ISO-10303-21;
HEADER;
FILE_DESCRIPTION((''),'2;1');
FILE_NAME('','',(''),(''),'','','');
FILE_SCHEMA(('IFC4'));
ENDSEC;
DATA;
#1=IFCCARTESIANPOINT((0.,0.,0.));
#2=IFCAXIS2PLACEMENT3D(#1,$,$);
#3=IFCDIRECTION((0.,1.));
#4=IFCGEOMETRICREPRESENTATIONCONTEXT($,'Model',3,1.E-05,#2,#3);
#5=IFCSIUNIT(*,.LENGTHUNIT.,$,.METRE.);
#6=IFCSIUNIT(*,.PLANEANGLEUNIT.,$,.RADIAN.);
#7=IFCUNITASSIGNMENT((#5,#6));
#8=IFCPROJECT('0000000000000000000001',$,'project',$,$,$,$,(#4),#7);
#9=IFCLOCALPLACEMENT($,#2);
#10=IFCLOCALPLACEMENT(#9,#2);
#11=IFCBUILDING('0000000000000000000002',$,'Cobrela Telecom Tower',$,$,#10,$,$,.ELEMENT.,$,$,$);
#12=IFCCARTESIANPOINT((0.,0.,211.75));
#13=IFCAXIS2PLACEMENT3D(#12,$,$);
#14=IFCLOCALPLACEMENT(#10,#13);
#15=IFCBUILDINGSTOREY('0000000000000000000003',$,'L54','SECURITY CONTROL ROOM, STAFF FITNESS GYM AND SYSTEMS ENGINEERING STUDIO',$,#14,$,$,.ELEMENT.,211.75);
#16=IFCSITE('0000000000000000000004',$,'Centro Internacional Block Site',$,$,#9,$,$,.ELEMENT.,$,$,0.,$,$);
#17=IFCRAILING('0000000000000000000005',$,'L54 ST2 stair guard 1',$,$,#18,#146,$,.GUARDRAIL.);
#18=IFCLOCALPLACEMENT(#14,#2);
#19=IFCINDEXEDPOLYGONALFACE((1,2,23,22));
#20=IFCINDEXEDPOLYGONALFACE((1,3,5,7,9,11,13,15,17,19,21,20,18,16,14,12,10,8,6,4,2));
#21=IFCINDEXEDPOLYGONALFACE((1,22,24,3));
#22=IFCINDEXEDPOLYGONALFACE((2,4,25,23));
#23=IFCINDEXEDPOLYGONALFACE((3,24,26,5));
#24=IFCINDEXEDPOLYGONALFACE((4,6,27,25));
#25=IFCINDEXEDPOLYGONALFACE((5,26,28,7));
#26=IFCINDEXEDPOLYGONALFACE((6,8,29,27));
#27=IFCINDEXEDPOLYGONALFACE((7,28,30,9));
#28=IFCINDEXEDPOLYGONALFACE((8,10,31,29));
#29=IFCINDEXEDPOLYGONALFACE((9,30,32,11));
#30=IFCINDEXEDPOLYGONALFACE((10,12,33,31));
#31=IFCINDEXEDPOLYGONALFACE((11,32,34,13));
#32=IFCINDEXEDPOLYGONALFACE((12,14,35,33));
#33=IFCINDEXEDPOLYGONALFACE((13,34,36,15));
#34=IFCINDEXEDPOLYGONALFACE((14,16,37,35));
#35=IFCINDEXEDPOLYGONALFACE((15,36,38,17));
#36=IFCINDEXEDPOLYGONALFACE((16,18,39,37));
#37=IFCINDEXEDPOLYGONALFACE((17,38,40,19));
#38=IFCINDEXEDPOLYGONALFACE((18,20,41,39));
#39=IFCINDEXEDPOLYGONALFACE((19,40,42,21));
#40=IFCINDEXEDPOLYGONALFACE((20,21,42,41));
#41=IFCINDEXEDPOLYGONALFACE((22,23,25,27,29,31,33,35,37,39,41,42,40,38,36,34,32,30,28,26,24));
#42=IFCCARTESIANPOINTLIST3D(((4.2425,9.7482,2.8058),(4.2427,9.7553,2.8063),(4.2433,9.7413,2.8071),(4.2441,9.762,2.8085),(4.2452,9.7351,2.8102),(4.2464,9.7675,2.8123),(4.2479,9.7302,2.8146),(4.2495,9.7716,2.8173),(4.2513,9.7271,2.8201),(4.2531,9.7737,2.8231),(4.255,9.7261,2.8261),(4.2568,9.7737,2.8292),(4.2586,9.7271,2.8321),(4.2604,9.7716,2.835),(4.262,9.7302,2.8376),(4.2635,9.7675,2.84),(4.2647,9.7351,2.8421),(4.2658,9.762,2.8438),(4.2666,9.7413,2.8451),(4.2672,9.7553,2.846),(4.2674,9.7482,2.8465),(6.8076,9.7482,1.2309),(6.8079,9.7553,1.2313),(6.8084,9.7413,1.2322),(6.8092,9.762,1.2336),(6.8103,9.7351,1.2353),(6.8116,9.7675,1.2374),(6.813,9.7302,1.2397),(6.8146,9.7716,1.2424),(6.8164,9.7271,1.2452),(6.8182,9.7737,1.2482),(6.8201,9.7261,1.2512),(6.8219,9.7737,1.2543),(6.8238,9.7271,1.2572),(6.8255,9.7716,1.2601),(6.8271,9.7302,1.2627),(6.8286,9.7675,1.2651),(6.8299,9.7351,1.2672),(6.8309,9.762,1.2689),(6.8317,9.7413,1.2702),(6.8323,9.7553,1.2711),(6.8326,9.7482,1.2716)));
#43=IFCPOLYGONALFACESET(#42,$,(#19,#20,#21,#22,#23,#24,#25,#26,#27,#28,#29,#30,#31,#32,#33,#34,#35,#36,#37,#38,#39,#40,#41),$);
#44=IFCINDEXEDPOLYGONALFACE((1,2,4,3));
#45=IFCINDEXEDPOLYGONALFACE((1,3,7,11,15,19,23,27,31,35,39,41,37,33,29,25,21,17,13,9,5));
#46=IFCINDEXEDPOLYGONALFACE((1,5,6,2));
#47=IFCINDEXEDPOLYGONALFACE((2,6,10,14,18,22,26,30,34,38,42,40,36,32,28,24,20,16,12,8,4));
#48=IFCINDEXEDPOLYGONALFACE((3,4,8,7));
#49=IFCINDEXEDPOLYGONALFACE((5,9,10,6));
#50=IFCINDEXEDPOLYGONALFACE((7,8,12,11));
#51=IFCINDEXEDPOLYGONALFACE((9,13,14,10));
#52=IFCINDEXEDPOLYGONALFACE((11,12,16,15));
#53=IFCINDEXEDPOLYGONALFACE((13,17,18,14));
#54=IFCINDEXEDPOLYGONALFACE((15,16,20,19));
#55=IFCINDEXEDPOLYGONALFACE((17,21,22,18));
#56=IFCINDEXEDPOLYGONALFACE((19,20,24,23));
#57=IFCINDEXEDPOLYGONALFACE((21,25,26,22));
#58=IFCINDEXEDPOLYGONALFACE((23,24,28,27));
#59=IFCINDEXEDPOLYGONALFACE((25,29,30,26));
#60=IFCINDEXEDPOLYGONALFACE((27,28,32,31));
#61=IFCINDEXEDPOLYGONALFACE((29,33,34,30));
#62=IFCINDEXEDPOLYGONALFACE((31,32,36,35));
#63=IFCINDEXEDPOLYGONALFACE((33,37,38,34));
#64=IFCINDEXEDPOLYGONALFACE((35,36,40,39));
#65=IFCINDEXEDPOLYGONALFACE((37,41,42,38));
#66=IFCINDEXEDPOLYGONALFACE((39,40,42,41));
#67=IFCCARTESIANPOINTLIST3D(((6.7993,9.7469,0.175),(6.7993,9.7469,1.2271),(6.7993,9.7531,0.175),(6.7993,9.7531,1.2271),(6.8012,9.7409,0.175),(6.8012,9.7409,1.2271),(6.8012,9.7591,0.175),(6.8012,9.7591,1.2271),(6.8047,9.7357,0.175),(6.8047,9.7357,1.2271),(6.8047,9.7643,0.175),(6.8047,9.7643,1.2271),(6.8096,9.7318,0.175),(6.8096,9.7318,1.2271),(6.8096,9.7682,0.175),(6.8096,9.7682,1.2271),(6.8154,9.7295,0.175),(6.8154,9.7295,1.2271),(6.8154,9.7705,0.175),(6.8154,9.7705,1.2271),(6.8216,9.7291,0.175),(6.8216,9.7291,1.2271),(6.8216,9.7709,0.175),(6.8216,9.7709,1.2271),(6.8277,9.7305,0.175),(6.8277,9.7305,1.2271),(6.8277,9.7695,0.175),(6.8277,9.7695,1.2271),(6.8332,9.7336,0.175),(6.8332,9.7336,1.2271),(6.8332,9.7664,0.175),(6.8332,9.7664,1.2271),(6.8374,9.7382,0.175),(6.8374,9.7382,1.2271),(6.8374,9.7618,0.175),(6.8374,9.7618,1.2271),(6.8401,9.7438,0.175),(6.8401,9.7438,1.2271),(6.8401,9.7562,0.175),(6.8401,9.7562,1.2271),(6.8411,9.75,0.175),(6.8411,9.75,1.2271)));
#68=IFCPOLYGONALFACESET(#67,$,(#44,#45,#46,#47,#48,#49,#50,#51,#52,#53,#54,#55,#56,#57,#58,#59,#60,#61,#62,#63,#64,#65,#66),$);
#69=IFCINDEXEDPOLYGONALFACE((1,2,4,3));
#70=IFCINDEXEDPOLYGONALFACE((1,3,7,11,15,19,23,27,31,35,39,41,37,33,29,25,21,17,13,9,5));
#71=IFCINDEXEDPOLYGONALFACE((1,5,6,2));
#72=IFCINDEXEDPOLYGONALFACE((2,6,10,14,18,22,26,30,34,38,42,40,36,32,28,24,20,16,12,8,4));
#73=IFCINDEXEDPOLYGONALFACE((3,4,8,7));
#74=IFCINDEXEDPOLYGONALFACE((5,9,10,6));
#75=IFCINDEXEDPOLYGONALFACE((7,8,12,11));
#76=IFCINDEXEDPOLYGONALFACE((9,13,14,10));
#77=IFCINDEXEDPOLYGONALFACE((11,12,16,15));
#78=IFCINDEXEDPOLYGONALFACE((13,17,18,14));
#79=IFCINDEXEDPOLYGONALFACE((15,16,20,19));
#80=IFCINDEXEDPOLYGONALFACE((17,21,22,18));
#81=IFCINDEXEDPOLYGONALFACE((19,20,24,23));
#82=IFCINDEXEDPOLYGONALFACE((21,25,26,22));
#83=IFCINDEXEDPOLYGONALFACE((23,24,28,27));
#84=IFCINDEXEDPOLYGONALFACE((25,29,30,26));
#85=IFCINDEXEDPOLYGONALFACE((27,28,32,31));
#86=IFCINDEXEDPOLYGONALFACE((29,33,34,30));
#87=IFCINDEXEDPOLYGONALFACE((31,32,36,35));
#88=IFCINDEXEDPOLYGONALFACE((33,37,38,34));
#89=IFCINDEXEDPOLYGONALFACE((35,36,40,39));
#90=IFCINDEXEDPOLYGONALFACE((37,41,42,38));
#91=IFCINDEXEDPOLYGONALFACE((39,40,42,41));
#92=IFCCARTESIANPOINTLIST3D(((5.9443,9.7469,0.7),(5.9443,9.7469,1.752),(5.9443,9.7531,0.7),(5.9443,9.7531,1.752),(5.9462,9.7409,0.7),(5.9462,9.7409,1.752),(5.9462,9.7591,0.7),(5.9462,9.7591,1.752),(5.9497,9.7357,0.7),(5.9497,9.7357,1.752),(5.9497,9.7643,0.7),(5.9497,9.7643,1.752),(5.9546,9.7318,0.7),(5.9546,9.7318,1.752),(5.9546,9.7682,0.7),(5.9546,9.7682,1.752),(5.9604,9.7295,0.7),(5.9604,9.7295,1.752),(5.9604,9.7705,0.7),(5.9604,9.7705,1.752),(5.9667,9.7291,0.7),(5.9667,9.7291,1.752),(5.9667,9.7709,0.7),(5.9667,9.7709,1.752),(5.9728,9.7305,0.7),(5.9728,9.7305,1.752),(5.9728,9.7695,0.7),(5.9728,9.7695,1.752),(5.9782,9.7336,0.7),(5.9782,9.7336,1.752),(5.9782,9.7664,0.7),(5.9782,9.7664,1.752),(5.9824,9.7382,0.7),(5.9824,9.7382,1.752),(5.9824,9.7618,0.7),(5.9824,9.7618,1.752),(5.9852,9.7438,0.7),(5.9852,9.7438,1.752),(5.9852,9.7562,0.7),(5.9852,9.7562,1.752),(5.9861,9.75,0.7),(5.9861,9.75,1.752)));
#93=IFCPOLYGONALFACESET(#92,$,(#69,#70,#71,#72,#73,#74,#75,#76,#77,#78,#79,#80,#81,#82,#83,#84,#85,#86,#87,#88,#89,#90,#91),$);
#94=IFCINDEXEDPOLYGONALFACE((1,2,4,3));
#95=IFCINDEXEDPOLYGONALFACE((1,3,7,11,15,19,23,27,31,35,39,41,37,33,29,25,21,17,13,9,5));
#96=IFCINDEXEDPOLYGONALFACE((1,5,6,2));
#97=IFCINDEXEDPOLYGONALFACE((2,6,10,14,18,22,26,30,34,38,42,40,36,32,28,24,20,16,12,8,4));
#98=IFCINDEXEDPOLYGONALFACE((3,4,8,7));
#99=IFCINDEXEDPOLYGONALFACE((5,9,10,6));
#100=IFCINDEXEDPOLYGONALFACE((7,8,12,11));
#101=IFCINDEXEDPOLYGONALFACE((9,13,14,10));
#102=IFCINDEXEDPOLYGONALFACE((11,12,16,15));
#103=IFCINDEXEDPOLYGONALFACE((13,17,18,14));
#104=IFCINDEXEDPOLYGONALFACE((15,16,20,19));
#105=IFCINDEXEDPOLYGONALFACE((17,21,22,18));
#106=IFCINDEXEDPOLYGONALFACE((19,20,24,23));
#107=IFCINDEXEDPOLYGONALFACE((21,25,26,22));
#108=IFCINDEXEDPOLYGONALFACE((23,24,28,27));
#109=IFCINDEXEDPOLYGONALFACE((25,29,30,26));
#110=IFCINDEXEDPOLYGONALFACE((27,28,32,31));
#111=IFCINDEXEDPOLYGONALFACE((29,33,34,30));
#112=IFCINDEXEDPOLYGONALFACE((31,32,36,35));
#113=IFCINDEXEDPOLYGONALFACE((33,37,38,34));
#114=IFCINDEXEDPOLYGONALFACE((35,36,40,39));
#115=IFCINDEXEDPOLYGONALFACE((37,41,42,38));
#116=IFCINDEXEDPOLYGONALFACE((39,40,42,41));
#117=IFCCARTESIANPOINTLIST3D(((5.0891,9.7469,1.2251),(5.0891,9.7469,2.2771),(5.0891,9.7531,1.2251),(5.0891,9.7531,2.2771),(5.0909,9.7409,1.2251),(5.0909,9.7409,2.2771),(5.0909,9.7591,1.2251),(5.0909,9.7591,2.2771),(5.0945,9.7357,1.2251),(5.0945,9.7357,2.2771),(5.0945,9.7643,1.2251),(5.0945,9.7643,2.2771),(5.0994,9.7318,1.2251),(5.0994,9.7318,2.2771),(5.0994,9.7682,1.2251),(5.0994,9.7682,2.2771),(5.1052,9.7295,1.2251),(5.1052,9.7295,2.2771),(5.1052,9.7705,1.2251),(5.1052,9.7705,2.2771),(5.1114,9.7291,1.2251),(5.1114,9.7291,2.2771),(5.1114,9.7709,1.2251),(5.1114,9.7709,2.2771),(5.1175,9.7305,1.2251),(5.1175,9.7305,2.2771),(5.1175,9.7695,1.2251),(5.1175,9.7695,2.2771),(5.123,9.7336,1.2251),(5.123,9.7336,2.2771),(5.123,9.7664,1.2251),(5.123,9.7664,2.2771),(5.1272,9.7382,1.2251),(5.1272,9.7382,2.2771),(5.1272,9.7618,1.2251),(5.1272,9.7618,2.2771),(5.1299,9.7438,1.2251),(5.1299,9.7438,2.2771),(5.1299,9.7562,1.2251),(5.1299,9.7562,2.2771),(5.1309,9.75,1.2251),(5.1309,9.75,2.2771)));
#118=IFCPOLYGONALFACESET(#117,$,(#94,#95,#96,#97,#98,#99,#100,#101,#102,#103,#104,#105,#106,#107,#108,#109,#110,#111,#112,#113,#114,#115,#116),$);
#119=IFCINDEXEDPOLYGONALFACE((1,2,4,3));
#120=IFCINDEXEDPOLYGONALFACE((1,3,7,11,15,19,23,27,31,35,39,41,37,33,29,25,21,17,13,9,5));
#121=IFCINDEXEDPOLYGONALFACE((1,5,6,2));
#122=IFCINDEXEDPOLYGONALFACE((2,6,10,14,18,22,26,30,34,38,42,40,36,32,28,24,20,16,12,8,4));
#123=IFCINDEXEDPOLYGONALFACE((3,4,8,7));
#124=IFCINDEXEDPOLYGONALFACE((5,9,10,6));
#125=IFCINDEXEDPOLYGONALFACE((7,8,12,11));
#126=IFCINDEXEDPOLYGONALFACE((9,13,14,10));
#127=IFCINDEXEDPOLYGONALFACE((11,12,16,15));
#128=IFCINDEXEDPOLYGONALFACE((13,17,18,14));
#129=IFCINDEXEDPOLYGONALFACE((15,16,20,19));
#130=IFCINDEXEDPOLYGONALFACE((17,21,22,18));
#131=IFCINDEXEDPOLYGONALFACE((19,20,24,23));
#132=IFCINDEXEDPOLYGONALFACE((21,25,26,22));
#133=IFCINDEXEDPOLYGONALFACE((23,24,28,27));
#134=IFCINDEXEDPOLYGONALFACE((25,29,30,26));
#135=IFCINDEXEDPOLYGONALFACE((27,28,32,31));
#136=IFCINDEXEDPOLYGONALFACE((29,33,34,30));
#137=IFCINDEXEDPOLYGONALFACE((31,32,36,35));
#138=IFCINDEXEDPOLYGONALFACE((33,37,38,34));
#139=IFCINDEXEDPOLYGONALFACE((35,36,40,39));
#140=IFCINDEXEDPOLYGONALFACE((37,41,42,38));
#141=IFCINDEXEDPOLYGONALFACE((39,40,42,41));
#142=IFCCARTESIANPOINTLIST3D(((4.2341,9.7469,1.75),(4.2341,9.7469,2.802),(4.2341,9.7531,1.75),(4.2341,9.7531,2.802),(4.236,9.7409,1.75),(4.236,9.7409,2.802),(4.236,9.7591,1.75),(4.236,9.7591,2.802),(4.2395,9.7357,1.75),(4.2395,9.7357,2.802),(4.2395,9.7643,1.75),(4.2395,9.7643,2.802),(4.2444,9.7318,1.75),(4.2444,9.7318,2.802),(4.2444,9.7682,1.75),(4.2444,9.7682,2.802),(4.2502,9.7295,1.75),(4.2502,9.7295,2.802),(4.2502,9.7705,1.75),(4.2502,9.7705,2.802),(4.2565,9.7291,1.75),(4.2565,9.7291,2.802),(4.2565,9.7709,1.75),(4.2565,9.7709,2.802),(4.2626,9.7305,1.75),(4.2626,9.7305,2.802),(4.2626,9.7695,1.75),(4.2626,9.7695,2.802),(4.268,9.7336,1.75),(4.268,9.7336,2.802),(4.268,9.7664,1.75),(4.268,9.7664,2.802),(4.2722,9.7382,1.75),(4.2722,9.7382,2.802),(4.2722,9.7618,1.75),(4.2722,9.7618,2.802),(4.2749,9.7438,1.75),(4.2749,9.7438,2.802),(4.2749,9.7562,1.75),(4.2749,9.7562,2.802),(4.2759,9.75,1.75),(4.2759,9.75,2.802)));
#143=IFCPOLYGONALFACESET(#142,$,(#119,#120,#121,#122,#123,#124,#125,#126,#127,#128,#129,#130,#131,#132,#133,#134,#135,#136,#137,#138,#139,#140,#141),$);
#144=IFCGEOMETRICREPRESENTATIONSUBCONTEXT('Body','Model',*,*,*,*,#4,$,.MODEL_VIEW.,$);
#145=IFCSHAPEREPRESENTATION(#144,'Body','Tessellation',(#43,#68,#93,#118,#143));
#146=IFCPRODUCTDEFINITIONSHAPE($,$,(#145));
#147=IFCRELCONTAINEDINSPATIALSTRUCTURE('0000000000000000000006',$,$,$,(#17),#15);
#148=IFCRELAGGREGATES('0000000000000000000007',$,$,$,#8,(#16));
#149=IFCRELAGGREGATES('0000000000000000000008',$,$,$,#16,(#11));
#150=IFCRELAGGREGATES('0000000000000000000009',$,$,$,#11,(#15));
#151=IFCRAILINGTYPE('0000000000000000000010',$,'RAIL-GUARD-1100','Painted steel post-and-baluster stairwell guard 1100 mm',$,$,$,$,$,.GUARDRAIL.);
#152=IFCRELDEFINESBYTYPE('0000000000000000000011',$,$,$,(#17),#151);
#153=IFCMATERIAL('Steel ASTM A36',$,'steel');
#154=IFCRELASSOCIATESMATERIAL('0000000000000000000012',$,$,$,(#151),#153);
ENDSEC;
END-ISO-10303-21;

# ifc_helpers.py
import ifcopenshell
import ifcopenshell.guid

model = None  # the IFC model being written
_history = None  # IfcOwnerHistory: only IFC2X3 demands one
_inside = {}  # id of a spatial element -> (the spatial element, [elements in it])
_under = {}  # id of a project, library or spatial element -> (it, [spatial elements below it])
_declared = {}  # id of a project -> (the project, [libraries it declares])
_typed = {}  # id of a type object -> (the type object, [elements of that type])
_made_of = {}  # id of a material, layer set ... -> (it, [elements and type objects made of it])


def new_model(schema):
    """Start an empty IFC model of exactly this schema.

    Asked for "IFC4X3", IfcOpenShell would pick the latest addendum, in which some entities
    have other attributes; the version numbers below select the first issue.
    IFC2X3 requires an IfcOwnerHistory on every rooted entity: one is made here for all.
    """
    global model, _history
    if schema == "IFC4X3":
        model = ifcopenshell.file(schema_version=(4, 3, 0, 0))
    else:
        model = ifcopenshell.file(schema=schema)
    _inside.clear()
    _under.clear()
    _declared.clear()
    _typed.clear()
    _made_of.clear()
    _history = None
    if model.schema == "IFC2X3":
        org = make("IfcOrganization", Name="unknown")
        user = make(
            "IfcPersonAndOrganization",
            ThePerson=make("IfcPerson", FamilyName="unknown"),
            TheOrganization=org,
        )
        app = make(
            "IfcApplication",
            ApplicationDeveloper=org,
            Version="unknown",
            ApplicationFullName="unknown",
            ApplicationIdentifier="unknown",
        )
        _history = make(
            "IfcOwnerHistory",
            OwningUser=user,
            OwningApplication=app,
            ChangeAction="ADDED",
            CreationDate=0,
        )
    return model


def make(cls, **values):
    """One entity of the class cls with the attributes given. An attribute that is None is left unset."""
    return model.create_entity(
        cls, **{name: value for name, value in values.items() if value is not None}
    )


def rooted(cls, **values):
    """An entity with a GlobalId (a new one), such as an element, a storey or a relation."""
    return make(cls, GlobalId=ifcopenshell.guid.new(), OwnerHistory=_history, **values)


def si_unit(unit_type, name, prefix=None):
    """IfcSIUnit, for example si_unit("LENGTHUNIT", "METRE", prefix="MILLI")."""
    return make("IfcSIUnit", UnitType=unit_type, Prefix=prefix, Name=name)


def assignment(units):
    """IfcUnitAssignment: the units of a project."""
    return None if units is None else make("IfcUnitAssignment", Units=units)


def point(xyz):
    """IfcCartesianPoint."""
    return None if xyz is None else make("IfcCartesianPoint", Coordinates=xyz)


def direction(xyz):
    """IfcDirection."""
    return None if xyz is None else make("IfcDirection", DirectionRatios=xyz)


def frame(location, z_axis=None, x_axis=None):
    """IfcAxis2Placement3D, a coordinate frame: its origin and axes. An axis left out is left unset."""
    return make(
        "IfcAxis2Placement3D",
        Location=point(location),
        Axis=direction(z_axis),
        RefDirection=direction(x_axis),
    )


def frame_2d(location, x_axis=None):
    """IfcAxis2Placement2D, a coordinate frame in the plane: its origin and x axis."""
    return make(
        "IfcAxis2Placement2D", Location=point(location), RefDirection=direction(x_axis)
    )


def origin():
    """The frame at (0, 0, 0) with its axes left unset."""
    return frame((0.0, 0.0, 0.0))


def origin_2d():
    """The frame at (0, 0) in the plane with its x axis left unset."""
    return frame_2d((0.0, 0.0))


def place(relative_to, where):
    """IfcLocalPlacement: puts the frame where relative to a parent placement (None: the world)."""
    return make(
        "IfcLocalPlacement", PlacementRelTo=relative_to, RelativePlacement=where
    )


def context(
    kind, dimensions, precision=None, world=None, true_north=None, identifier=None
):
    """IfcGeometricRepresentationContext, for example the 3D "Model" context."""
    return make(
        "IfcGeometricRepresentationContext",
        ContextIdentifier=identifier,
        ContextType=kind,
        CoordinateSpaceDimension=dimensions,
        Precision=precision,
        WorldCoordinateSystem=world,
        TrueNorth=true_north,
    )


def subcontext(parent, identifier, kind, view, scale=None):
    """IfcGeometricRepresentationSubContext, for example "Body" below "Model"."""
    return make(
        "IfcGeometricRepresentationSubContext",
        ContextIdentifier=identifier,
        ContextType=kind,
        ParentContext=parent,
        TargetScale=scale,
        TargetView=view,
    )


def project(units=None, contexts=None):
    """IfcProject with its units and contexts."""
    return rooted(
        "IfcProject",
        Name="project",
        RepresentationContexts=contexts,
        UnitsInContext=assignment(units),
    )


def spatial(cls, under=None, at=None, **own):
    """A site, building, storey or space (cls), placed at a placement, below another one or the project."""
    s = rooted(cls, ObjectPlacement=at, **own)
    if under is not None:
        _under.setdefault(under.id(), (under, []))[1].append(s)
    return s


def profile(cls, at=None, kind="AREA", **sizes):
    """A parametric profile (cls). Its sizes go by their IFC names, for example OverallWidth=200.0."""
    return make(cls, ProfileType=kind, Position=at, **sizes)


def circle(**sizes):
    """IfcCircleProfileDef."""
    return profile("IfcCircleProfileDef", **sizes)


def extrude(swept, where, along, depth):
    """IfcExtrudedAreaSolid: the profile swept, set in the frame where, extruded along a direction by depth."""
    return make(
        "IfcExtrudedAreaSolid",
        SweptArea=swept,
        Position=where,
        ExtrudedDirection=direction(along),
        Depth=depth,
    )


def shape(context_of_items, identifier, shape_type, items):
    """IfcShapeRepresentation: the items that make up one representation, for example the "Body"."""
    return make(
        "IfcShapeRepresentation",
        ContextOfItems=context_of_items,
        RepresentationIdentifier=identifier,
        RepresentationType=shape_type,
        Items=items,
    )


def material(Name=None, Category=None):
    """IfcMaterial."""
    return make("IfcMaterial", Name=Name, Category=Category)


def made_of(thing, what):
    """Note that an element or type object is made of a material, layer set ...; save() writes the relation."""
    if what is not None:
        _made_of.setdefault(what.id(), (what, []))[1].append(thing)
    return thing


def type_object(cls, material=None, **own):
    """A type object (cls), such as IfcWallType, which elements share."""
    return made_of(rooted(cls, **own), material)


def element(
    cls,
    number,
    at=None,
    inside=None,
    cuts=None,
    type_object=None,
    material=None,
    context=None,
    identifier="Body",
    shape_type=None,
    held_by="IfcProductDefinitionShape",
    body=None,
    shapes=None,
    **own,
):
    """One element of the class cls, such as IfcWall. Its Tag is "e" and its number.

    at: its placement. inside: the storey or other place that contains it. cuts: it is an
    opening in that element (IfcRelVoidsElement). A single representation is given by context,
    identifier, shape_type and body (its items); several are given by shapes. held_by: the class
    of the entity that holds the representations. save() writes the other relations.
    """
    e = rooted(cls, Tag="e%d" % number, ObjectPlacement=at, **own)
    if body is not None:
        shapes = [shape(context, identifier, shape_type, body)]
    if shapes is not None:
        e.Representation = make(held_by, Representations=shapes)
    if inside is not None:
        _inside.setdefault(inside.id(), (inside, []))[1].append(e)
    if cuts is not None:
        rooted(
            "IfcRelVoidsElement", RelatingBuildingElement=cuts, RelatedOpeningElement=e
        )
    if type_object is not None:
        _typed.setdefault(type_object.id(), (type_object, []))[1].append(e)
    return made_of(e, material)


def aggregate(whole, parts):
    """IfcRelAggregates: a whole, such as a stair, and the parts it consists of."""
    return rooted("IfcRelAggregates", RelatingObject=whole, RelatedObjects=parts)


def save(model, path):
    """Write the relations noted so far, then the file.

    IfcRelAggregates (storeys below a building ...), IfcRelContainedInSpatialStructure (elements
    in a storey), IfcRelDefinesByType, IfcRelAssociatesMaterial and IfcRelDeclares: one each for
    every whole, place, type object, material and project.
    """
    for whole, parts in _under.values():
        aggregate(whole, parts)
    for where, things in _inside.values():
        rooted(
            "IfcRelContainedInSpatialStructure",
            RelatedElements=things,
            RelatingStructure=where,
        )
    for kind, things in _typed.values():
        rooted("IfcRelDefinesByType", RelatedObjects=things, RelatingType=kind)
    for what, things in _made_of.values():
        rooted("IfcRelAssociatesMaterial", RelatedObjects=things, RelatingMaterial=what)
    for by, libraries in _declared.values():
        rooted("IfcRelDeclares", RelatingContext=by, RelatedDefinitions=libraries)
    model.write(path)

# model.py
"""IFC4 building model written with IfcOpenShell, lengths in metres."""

from ifc_helpers import new_model, si_unit, direction, frame, origin, origin_2d, place, context, subcontext, project, spatial, circle, extrude, material, type_object, element, save


model = new_model("IFC4")

# Units and contexts
model_context = context("Model", 3, precision=1e-05, world=origin(), true_north=direction((0.0, 1.0)))
body_context = subcontext(model_context, "Body", "Model", "MODEL_VIEW")
ifc_project = project(units=[si_unit("LENGTHUNIT", "METRE"), si_unit("PLANEANGLEUNIT", "RADIAN")], contexts=[model_context])

# Site, building, storey
site_placement = place(None, origin())
site = spatial("IfcSite", under=ifc_project, at=site_placement, Name="Centro Internacional Block Site", CompositionType="ELEMENT", RefElevation=0.0)
building_placement = place(site_placement, origin())
building = spatial("IfcBuilding", under=site, at=building_placement, Name="Cobrela Telecom Tower", CompositionType="ELEMENT")
storey_placement = place(building_placement, frame((0.0, 0.0, 211.75)))
storey = spatial("IfcBuildingStorey", under=building, at=storey_placement, Name="L54", Description="SECURITY CONTROL ROOM, STAFF FITNESS GYM AND SYSTEMS ENGINEERING STUDIO", CompositionType="ELEMENT", Elevation=211.75)

# Shared definitions
ifc_material_1 = material(Name="Steel ASTM A36", Category="steel")

# Railing
railing_type = type_object("IfcRailingType", Name="RAIL-GUARD-1100", Description="Painted steel post-and-baluster stairwell guard 1100 mm", PredefinedType="GUARDRAIL", material=ifc_material_1)
railing_1_placement = place(storey_placement, frame((6.8201, 9.75, 0.175)))
element("IfcRailing", 1, at=railing_1_placement, inside=storey, type_object=railing_type, Name="L54 ST2 stair guard 1", PredefinedType="GUARDRAIL", context=body_context, shape_type="SweptSolid", body=[
    extrude(circle(Radius=0.0239, at=origin_2d()), frame((0.0, 0.0, 1.0762), z_axis=(-0.852195, 0.0, 0.523224), x_axis=(0.0, -1.0, 0.0)), (0.0, 0.0, 1.0), 3.01),
    extrude(circle(Radius=0.021, at=origin_2d()), origin(), (0.0, 0.0, 1.0), 1.052),
    extrude(circle(Radius=0.021, at=origin_2d()), frame((-0.855, 0.0, 0.5249)), (0.0, 0.0, 1.0), 1.052),
    extrude(circle(Radius=0.021, at=origin_2d()), frame((-1.7102, 0.0, 1.05)), (0.0, 0.0, 1.0), 1.052),
    extrude(circle(Radius=0.021, at=origin_2d()), frame((-2.5652, 0.0, 1.575)), (0.0, 0.0, 1.0), 1.052),
])

save(model, "model.ifc")
